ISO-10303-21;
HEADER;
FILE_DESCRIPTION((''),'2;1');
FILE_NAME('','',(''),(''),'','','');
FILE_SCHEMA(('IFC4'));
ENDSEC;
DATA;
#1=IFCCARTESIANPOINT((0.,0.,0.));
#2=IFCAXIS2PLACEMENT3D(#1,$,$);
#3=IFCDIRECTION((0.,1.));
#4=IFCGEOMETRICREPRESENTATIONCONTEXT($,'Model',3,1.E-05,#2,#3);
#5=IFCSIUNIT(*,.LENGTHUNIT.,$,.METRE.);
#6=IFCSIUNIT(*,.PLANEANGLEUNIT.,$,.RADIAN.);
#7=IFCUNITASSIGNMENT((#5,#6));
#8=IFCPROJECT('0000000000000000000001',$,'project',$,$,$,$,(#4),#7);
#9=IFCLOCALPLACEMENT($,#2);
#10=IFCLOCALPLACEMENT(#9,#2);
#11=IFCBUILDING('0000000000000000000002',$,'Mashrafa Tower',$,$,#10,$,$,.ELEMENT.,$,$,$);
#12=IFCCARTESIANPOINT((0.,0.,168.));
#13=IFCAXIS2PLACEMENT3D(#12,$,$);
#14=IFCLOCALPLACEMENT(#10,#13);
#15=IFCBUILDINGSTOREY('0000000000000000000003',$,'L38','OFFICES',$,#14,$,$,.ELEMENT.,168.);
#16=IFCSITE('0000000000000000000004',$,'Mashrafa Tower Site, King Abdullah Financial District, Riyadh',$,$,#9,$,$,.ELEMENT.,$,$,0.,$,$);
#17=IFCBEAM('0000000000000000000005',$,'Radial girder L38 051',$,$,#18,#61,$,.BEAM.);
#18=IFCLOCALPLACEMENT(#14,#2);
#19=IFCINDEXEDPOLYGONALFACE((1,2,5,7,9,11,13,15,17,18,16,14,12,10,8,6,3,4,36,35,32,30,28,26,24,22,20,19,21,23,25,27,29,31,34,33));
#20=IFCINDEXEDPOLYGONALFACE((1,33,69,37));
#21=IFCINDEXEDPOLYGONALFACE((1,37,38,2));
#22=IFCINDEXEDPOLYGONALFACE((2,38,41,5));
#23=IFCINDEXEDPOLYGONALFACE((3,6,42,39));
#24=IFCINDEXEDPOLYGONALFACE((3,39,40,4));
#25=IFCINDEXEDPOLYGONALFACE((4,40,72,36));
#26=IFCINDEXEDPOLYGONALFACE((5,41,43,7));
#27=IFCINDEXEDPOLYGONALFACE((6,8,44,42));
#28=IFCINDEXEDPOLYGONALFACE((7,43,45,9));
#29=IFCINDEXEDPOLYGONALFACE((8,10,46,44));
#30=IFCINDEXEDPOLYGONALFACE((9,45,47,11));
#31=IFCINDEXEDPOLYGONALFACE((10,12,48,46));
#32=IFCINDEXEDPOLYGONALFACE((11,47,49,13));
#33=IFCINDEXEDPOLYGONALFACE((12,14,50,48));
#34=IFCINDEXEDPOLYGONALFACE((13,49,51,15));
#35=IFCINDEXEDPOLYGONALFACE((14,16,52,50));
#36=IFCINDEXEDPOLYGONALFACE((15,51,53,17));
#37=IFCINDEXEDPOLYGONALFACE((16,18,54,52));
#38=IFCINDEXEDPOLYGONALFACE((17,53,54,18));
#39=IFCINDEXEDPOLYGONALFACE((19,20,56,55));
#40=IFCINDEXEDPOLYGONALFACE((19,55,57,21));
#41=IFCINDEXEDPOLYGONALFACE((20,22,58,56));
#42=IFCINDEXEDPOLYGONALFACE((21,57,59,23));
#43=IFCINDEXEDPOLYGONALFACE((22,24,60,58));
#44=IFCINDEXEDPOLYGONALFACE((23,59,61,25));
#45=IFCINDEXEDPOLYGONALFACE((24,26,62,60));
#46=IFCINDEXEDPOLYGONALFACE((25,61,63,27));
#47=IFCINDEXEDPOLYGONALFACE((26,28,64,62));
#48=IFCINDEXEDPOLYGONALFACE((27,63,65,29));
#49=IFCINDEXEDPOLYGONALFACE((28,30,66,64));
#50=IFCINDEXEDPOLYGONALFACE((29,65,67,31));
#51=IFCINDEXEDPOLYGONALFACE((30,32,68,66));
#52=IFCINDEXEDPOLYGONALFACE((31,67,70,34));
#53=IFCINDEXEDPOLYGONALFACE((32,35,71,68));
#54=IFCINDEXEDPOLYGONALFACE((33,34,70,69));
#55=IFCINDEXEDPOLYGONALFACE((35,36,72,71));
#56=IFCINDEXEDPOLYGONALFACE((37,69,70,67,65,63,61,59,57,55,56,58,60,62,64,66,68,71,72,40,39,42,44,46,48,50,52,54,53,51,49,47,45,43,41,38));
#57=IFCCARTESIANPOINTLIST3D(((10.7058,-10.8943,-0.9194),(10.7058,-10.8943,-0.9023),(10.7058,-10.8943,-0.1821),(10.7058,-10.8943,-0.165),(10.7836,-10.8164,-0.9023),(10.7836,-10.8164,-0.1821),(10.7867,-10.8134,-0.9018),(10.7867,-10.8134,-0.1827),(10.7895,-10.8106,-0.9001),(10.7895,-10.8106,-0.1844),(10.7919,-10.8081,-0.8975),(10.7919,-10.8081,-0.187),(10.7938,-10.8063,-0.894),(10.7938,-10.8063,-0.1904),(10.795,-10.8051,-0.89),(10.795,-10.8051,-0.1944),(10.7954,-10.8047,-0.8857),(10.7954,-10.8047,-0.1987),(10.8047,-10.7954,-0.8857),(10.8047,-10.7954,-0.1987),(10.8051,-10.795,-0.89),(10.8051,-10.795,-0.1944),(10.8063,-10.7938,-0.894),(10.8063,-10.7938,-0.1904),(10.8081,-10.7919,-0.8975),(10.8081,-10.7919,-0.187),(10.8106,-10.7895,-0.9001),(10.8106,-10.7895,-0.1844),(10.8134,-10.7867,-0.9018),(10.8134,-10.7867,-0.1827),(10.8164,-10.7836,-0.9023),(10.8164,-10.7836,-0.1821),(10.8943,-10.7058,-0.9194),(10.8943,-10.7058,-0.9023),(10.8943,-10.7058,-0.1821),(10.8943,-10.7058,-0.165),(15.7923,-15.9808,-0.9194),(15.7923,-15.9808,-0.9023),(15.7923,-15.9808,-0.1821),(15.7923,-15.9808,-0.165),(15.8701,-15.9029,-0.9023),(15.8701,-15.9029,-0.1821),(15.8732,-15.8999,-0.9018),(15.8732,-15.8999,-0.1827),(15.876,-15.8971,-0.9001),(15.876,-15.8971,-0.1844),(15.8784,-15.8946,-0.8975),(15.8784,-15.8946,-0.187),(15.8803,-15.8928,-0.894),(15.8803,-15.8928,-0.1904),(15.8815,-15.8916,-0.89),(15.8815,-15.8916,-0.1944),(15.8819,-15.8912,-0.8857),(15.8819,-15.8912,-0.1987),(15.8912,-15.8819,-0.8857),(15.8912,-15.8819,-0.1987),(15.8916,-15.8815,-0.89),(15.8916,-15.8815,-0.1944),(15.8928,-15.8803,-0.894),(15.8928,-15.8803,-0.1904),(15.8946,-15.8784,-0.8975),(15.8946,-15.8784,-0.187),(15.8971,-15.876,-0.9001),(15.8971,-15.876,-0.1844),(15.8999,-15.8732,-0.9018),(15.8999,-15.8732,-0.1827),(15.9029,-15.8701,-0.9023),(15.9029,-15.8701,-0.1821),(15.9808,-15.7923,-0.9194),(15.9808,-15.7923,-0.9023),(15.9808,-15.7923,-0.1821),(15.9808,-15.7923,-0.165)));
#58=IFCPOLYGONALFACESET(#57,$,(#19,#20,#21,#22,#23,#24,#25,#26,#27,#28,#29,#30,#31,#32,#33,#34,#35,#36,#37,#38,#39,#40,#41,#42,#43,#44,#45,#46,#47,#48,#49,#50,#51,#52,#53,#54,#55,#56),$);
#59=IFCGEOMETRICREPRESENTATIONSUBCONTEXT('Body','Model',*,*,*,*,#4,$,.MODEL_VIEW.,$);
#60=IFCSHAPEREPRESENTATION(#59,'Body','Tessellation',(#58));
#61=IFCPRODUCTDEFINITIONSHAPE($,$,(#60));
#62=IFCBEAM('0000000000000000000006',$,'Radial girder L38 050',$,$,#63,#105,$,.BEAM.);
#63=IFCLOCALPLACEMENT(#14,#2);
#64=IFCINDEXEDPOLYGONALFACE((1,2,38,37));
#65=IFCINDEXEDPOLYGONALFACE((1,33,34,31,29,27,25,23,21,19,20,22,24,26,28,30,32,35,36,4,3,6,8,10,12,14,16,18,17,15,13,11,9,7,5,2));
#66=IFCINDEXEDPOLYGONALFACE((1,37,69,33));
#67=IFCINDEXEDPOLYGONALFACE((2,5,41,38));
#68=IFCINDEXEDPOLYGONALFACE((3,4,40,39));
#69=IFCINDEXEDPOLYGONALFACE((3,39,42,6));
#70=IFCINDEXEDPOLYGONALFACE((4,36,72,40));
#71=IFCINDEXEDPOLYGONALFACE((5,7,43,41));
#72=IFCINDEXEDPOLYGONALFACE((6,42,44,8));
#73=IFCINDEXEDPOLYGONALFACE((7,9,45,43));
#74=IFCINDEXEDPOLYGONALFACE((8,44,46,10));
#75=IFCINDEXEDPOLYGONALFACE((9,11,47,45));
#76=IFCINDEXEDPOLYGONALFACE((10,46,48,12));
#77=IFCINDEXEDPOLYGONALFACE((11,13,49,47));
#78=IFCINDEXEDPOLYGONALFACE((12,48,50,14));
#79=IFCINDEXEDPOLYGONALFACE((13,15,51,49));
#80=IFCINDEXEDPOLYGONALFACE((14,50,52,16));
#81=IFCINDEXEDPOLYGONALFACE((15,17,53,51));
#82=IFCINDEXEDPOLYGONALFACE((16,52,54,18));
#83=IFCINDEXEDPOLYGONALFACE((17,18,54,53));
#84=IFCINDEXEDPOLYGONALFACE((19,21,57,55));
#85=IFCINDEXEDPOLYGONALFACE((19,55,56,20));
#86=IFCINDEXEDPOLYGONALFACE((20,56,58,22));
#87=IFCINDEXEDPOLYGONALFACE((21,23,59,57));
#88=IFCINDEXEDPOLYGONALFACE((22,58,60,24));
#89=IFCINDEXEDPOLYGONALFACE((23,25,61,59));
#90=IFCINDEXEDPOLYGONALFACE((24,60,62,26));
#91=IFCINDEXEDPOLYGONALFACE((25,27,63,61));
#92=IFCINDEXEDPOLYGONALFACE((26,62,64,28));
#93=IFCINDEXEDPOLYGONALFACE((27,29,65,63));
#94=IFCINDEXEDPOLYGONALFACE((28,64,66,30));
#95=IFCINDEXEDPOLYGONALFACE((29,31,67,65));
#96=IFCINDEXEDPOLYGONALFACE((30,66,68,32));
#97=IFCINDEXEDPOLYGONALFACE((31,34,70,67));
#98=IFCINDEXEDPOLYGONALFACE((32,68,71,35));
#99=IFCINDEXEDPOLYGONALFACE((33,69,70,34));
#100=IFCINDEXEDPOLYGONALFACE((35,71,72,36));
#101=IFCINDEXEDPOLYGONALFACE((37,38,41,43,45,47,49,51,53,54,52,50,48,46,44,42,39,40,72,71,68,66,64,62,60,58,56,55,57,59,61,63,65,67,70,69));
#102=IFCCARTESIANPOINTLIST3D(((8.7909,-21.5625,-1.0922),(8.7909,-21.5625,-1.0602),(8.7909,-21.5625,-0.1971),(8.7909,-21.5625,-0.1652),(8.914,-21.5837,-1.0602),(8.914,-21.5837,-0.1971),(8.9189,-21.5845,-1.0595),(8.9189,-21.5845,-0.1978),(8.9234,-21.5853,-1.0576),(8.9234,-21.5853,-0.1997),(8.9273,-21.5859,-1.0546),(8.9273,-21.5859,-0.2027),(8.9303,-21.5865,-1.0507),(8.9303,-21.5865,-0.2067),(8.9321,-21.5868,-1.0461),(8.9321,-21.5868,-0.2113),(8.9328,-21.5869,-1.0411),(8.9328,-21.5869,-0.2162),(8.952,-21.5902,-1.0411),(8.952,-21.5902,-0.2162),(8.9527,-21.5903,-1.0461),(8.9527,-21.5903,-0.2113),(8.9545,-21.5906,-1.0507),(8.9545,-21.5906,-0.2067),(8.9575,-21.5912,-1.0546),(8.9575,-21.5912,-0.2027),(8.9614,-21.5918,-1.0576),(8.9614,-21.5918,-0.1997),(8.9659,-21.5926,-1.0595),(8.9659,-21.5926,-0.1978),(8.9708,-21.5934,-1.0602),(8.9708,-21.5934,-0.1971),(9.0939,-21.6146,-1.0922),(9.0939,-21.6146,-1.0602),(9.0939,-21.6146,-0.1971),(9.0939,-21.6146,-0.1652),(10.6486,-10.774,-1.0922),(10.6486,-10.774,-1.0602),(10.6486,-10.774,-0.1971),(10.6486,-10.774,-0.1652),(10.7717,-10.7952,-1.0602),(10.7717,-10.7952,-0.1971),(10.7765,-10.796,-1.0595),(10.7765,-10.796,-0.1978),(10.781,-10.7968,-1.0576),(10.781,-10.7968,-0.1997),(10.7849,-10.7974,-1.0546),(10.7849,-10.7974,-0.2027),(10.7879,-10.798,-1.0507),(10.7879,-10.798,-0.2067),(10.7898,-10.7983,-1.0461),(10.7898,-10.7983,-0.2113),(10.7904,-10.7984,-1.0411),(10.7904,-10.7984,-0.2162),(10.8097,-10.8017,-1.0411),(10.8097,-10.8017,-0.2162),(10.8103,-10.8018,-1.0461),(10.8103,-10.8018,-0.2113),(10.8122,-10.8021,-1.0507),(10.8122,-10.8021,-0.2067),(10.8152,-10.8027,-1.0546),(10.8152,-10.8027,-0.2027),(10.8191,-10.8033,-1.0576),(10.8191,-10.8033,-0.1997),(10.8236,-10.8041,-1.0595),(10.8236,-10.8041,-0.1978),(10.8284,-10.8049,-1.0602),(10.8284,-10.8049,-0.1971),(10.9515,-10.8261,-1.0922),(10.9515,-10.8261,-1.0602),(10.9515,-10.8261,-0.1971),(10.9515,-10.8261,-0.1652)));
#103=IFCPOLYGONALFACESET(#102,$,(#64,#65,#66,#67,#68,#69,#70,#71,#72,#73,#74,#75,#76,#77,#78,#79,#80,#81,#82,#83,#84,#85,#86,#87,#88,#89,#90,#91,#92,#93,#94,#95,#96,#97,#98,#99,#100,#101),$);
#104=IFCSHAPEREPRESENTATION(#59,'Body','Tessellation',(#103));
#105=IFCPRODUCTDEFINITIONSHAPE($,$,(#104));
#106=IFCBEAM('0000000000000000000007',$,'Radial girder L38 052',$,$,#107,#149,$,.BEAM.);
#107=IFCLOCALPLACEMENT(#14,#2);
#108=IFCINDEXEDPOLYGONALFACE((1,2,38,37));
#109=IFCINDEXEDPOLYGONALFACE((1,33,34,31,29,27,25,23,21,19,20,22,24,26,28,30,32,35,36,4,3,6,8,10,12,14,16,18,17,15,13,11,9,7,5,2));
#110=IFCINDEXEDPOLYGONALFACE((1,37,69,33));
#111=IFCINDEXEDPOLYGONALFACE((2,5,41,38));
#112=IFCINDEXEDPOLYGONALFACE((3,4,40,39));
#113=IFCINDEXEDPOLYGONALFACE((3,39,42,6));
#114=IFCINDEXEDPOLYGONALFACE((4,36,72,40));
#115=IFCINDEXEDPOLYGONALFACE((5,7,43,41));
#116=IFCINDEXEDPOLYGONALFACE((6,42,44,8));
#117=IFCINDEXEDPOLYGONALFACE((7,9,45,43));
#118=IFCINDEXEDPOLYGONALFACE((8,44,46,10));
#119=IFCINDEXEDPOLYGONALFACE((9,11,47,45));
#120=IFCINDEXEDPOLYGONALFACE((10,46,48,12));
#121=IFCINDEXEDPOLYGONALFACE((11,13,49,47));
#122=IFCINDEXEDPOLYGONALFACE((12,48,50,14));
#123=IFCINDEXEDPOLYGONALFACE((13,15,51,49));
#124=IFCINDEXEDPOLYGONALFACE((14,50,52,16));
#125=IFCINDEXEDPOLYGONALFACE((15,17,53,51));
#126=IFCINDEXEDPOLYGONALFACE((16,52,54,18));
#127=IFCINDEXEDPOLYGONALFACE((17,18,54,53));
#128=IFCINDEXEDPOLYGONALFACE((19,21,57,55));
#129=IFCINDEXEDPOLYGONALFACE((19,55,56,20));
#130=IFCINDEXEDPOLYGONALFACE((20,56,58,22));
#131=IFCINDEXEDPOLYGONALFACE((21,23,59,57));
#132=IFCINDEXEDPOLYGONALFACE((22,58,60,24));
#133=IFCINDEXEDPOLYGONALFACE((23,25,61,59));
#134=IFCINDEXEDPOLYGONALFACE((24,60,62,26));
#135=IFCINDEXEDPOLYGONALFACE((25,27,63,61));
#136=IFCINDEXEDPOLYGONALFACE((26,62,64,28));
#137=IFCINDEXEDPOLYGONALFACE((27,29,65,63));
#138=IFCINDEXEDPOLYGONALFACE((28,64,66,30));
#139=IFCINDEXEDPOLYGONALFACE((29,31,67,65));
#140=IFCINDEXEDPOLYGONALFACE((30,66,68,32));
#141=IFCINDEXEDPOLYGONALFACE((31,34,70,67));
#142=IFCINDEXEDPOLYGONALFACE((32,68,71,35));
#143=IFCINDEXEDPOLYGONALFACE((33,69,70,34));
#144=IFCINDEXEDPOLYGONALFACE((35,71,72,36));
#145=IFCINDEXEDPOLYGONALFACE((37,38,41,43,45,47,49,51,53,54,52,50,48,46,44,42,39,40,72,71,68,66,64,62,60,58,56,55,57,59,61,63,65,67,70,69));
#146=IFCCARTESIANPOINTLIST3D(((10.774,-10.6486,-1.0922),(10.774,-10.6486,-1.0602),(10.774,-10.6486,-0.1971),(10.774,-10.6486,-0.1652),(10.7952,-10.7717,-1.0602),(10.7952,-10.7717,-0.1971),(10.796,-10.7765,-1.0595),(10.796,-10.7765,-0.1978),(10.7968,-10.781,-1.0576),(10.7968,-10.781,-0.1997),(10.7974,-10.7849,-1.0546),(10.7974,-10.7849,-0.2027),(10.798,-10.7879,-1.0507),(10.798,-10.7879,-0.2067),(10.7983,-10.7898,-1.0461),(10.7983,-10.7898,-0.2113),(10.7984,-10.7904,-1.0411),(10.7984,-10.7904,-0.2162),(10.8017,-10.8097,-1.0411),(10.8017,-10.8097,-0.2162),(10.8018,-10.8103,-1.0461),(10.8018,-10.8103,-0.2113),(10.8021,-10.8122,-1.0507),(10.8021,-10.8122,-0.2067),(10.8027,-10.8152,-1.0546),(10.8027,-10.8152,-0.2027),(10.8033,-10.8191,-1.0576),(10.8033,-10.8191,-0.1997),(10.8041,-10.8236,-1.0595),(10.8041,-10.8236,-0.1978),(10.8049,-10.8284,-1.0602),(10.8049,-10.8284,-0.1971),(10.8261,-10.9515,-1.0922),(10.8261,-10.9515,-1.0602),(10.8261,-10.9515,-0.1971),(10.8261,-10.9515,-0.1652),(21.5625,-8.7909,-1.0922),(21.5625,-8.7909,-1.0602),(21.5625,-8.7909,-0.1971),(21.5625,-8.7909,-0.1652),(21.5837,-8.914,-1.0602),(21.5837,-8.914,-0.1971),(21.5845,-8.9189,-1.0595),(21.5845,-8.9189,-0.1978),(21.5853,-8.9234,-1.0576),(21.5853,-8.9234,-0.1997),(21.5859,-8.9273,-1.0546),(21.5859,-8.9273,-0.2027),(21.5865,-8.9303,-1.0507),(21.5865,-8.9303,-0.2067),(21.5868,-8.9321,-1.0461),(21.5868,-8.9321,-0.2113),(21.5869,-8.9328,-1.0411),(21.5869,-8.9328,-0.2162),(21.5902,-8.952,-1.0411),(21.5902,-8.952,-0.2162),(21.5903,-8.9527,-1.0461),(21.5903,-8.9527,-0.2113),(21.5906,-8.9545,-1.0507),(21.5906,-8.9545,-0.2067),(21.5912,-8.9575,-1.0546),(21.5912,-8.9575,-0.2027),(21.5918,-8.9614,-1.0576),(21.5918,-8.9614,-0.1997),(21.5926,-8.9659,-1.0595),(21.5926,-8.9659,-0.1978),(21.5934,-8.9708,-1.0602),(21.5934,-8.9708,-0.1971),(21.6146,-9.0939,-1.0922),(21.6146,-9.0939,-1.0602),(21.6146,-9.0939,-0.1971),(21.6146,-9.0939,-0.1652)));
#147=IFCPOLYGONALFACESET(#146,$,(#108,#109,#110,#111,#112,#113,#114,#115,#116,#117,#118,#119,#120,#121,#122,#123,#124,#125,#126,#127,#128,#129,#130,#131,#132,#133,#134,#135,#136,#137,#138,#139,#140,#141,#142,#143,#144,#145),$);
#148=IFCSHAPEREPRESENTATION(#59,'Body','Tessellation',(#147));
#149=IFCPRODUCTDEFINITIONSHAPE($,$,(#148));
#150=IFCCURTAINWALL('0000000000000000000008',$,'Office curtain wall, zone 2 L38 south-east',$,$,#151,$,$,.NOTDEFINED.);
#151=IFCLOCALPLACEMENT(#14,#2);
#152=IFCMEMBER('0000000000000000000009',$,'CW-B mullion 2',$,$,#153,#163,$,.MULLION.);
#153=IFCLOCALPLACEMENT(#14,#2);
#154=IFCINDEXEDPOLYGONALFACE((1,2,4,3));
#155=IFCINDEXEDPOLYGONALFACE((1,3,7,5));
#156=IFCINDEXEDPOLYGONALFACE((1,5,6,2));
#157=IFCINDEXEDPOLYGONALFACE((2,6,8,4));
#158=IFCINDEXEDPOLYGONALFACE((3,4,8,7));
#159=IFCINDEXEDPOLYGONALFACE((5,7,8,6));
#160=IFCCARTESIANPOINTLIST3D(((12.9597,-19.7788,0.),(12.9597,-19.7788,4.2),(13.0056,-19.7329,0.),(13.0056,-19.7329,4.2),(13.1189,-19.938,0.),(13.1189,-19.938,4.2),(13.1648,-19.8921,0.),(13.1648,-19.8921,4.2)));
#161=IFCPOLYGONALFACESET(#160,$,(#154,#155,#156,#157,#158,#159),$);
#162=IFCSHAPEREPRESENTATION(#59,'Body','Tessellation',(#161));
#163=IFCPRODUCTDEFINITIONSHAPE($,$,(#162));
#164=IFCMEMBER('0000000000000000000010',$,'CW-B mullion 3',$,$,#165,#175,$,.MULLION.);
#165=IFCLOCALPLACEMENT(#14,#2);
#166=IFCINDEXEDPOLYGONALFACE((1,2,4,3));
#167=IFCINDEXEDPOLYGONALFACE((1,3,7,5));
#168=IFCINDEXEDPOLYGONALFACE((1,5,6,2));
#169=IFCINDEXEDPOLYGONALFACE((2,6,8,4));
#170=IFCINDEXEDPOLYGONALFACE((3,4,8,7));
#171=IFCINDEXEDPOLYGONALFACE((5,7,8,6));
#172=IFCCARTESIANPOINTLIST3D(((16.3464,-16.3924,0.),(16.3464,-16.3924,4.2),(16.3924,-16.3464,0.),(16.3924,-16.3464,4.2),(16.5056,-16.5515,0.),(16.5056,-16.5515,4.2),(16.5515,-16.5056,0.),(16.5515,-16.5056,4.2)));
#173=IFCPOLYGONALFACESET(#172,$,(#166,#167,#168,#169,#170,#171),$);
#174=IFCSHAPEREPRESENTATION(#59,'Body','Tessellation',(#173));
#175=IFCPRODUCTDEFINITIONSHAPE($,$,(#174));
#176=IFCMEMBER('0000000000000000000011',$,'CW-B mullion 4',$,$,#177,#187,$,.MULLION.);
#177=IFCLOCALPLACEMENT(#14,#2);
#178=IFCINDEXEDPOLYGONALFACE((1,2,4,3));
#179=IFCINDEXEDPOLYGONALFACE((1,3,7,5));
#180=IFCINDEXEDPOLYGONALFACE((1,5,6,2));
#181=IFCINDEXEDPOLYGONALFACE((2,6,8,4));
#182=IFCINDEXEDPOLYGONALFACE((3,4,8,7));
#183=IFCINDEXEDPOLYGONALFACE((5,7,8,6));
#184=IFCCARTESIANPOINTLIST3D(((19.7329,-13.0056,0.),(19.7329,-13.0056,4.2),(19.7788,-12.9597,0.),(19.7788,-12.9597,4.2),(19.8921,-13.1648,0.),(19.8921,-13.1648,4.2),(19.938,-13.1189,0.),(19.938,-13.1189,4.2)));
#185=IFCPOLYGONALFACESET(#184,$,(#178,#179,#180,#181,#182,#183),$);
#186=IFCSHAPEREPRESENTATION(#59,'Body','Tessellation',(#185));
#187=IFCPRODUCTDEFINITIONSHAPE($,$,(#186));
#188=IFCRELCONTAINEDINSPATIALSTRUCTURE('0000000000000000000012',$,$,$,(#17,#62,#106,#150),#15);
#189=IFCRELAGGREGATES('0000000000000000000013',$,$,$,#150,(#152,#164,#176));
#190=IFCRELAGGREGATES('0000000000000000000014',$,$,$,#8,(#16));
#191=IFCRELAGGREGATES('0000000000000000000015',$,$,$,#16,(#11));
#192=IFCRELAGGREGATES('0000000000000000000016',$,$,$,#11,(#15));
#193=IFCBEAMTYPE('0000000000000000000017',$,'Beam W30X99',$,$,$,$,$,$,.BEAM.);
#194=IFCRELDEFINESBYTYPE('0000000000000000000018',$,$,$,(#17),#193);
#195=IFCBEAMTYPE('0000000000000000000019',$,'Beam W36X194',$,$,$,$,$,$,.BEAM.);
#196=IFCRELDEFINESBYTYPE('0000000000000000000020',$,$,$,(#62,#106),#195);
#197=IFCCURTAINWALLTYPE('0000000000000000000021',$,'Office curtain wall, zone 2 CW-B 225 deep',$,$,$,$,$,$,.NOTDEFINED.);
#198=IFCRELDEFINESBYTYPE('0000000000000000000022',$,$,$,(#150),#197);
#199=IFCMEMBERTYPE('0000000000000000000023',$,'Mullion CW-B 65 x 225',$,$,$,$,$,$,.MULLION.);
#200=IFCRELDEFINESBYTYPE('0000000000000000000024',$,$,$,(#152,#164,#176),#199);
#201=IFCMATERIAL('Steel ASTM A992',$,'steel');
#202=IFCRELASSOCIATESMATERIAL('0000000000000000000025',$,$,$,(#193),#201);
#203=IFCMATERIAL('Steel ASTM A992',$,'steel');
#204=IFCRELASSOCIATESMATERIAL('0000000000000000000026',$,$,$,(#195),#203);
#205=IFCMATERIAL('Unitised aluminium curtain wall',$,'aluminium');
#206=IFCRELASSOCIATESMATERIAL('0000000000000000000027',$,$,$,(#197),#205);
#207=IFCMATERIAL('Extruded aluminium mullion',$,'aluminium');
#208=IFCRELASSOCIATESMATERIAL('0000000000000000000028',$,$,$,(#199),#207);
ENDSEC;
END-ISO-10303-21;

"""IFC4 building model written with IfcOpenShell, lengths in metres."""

from ifc_helpers import new_model, si_unit, direction, frame, origin, origin_2d, place, context, subcontext, project, spatial, rectangle, i_section, extrude, source, transform, mapped, material, material_profile, profile_set, type_object, type_shapes, element, aggregate, save


model = new_model("IFC4")

# Units and contexts
model_context = context("Model", 3, precision=1e-05, world=origin(), true_north=direction((0.0, 1.0)))
body_context = subcontext(model_context, "Body", "Model", "MODEL_VIEW")
ifc_project = project(units=[si_unit("LENGTHUNIT", "METRE"), si_unit("PLANEANGLEUNIT", "RADIAN")], contexts=[model_context])

# Site, building, storey
site_placement = place(None, origin())
site = spatial("IfcSite", under=ifc_project, at=site_placement, Name="Mashrafa Tower Site, King Abdullah Financial District, Riyadh", CompositionType="ELEMENT", RefElevation=0.0)
building_placement = place(site_placement, origin())
building = spatial("IfcBuilding", under=site, at=building_placement, Name="Mashrafa Tower", CompositionType="ELEMENT")
storey_placement = place(building_placement, frame((0.0, 0.0, 168.0)))
storey = spatial("IfcBuildingStorey", under=building, at=storey_placement, Name="L38", Description="OFFICES", CompositionType="ELEMENT", Elevation=168.0)

# Beams
ifc_material_1 = material(Name="Steel ASTM A992", Category="steel")
ifc_material_profile_1 = material_profile(ifc_material_1, i_section(OverallWidth=0.2666, OverallDepth=0.7544, WebThickness=0.0132, FlangeThickness=0.0171, FilletRadius=0.0166, at=origin_2d()), Name="W30X99")
ifc_profile_set_1 = profile_set([ifc_material_profile_1], Name="Steel ASTM A992")
beam_type_1 = type_object("IfcBeamType", Name="Beam W30X99", PredefinedType="BEAM", material=ifc_profile_set_1)
beam_1_placement = place(storey_placement, frame((10.8, -10.8, -0.5422), z_axis=(0.707107, -0.707107, 0.0), x_axis=(0.707107, 0.707107, 0.0)))
element("IfcBeam", 1, at=beam_1_placement, inside=storey, type_object=beam_type_1, Name="Radial girder L38 051", PredefinedType="BEAM", context=body_context, shape_type="SweptSolid", body=[
    extrude(i_section(OverallWidth=0.2666, OverallDepth=0.7544, WebThickness=0.0132, FlangeThickness=0.0171, FilletRadius=0.0166, at=origin_2d()), origin(), (0.0, 0.0, 1.0), 7.1934),
])
ifc_material_2 = material(Name="Steel ASTM A992", Category="steel")
ifc_material_profile_2 = material_profile(ifc_material_2, i_section(OverallWidth=0.3074, OverallDepth=0.927, WebThickness=0.0195, FlangeThickness=0.032, FilletRadius=0.019, at=origin_2d()), Name="W36X194")
ifc_profile_set_2 = profile_set([ifc_material_profile_2], Name="Steel ASTM A992")
beam_type_2 = type_object("IfcBeamType", Name="Beam W36X194", PredefinedType="BEAM", material=ifc_profile_set_2)
for number, where, z_axis, x_axis, name in (
    (2, (10.8, -10.8, -0.6287), (-0.169691, -0.985497, 0.0), (0.985497, -0.169691, 0.0), "Radial girder L38 050"),
    (3, (10.8, -10.8, -0.6287), (0.985497, 0.169691, 0.0), (-0.169691, 0.985497, 0.0), "Radial girder L38 052"),
):
    element("IfcBeam", number, at=place(storey_placement, frame(where, z_axis=z_axis, x_axis=x_axis)), inside=storey, type_object=beam_type_2, Name=name, PredefinedType="BEAM", context=body_context, shape_type="SweptSolid", body=[
        extrude(i_section(OverallWidth=0.3074, OverallDepth=0.927, WebThickness=0.0195, FlangeThickness=0.032, FilletRadius=0.019, at=origin_2d()), origin(), (0.0, 0.0, 1.0), 10.9473),
    ])

# Curtain wall, members
ifc_material_3 = material(Name="Unitised aluminium curtain wall", Category="aluminium")
curtain_wall_type = type_object("IfcCurtainWallType", Name="Office curtain wall, zone 2 CW-B 225 deep", PredefinedType="NOTDEFINED", material=ifc_material_3)
curtain_wall_placement = place(storey_placement, origin())
curtain_wall = element("IfcCurtainWall", 4, at=curtain_wall_placement, inside=storey, type_object=curtain_wall_type, Name="Office curtain wall, zone 2 L38 south-east", PredefinedType="NOTDEFINED")
ifc_material_4 = material(Name="Extruded aluminium mullion", Category="aluminium")
ifc_material_profile_3 = material_profile(ifc_material_4, rectangle(XDim=0.2251, YDim=0.0649, at=origin_2d()), Name="Mullion 65x225")
ifc_profile_set_3 = profile_set([ifc_material_profile_3], Name="Extruded aluminium mullion")
member_type_1 = type_object("IfcMemberType", Name="Mullion CW-B 65 x 225", PredefinedType="MULLION", material=ifc_profile_set_3)
shared_shape_1 = source(origin(), body_context, "Body", "SweptSolid", [
    extrude(rectangle(XDim=0.2251, YDim=0.0649, at=origin_2d()), origin(), (0.0, 0.0, 1.0), 4.2),
])
type_shapes(member_type_1, [shared_shape_1])
member_1_placement = place(storey_placement, frame((13.0623, -19.8354, 0.0), z_axis=(0.0, 0.0, 1.0), x_axis=(-0.707107, 0.707107, 0.0)))
member_1 = element("IfcMember", 5, at=member_1_placement, type_object=member_type_1, Name="CW-B mullion 2", PredefinedType="MULLION", context=body_context, shape_type="MappedRepresentation", body=[
    mapped(shared_shape_1, transform((0.0, 0.0, 0.0))),
])
member_2_placement = place(storey_placement, frame((16.449, -16.449, 0.0), z_axis=(0.0, 0.0, 1.0), x_axis=(-0.707107, 0.707107, 0.0)))
member_2 = element("IfcMember", 6, at=member_2_placement, type_object=member_type_1, Name="CW-B mullion 3", PredefinedType="MULLION", context=body_context, shape_type="MappedRepresentation", body=[
    mapped(shared_shape_1, transform((0.0, 0.0, 0.0))),
])
member_3_placement = place(storey_placement, frame((19.8354, -13.0623, 0.0), z_axis=(0.0, 0.0, 1.0), x_axis=(-0.707107, 0.707107, 0.0)))
member_3 = element("IfcMember", 7, at=member_3_placement, type_object=member_type_1, Name="CW-B mullion 4", PredefinedType="MULLION", context=body_context, shape_type="MappedRepresentation", body=[
    mapped(shared_shape_1, transform((0.0, 0.0, 0.0))),
])
aggregate(curtain_wall, [member_1, member_2, member_3])

save(model, "model.ifc")
